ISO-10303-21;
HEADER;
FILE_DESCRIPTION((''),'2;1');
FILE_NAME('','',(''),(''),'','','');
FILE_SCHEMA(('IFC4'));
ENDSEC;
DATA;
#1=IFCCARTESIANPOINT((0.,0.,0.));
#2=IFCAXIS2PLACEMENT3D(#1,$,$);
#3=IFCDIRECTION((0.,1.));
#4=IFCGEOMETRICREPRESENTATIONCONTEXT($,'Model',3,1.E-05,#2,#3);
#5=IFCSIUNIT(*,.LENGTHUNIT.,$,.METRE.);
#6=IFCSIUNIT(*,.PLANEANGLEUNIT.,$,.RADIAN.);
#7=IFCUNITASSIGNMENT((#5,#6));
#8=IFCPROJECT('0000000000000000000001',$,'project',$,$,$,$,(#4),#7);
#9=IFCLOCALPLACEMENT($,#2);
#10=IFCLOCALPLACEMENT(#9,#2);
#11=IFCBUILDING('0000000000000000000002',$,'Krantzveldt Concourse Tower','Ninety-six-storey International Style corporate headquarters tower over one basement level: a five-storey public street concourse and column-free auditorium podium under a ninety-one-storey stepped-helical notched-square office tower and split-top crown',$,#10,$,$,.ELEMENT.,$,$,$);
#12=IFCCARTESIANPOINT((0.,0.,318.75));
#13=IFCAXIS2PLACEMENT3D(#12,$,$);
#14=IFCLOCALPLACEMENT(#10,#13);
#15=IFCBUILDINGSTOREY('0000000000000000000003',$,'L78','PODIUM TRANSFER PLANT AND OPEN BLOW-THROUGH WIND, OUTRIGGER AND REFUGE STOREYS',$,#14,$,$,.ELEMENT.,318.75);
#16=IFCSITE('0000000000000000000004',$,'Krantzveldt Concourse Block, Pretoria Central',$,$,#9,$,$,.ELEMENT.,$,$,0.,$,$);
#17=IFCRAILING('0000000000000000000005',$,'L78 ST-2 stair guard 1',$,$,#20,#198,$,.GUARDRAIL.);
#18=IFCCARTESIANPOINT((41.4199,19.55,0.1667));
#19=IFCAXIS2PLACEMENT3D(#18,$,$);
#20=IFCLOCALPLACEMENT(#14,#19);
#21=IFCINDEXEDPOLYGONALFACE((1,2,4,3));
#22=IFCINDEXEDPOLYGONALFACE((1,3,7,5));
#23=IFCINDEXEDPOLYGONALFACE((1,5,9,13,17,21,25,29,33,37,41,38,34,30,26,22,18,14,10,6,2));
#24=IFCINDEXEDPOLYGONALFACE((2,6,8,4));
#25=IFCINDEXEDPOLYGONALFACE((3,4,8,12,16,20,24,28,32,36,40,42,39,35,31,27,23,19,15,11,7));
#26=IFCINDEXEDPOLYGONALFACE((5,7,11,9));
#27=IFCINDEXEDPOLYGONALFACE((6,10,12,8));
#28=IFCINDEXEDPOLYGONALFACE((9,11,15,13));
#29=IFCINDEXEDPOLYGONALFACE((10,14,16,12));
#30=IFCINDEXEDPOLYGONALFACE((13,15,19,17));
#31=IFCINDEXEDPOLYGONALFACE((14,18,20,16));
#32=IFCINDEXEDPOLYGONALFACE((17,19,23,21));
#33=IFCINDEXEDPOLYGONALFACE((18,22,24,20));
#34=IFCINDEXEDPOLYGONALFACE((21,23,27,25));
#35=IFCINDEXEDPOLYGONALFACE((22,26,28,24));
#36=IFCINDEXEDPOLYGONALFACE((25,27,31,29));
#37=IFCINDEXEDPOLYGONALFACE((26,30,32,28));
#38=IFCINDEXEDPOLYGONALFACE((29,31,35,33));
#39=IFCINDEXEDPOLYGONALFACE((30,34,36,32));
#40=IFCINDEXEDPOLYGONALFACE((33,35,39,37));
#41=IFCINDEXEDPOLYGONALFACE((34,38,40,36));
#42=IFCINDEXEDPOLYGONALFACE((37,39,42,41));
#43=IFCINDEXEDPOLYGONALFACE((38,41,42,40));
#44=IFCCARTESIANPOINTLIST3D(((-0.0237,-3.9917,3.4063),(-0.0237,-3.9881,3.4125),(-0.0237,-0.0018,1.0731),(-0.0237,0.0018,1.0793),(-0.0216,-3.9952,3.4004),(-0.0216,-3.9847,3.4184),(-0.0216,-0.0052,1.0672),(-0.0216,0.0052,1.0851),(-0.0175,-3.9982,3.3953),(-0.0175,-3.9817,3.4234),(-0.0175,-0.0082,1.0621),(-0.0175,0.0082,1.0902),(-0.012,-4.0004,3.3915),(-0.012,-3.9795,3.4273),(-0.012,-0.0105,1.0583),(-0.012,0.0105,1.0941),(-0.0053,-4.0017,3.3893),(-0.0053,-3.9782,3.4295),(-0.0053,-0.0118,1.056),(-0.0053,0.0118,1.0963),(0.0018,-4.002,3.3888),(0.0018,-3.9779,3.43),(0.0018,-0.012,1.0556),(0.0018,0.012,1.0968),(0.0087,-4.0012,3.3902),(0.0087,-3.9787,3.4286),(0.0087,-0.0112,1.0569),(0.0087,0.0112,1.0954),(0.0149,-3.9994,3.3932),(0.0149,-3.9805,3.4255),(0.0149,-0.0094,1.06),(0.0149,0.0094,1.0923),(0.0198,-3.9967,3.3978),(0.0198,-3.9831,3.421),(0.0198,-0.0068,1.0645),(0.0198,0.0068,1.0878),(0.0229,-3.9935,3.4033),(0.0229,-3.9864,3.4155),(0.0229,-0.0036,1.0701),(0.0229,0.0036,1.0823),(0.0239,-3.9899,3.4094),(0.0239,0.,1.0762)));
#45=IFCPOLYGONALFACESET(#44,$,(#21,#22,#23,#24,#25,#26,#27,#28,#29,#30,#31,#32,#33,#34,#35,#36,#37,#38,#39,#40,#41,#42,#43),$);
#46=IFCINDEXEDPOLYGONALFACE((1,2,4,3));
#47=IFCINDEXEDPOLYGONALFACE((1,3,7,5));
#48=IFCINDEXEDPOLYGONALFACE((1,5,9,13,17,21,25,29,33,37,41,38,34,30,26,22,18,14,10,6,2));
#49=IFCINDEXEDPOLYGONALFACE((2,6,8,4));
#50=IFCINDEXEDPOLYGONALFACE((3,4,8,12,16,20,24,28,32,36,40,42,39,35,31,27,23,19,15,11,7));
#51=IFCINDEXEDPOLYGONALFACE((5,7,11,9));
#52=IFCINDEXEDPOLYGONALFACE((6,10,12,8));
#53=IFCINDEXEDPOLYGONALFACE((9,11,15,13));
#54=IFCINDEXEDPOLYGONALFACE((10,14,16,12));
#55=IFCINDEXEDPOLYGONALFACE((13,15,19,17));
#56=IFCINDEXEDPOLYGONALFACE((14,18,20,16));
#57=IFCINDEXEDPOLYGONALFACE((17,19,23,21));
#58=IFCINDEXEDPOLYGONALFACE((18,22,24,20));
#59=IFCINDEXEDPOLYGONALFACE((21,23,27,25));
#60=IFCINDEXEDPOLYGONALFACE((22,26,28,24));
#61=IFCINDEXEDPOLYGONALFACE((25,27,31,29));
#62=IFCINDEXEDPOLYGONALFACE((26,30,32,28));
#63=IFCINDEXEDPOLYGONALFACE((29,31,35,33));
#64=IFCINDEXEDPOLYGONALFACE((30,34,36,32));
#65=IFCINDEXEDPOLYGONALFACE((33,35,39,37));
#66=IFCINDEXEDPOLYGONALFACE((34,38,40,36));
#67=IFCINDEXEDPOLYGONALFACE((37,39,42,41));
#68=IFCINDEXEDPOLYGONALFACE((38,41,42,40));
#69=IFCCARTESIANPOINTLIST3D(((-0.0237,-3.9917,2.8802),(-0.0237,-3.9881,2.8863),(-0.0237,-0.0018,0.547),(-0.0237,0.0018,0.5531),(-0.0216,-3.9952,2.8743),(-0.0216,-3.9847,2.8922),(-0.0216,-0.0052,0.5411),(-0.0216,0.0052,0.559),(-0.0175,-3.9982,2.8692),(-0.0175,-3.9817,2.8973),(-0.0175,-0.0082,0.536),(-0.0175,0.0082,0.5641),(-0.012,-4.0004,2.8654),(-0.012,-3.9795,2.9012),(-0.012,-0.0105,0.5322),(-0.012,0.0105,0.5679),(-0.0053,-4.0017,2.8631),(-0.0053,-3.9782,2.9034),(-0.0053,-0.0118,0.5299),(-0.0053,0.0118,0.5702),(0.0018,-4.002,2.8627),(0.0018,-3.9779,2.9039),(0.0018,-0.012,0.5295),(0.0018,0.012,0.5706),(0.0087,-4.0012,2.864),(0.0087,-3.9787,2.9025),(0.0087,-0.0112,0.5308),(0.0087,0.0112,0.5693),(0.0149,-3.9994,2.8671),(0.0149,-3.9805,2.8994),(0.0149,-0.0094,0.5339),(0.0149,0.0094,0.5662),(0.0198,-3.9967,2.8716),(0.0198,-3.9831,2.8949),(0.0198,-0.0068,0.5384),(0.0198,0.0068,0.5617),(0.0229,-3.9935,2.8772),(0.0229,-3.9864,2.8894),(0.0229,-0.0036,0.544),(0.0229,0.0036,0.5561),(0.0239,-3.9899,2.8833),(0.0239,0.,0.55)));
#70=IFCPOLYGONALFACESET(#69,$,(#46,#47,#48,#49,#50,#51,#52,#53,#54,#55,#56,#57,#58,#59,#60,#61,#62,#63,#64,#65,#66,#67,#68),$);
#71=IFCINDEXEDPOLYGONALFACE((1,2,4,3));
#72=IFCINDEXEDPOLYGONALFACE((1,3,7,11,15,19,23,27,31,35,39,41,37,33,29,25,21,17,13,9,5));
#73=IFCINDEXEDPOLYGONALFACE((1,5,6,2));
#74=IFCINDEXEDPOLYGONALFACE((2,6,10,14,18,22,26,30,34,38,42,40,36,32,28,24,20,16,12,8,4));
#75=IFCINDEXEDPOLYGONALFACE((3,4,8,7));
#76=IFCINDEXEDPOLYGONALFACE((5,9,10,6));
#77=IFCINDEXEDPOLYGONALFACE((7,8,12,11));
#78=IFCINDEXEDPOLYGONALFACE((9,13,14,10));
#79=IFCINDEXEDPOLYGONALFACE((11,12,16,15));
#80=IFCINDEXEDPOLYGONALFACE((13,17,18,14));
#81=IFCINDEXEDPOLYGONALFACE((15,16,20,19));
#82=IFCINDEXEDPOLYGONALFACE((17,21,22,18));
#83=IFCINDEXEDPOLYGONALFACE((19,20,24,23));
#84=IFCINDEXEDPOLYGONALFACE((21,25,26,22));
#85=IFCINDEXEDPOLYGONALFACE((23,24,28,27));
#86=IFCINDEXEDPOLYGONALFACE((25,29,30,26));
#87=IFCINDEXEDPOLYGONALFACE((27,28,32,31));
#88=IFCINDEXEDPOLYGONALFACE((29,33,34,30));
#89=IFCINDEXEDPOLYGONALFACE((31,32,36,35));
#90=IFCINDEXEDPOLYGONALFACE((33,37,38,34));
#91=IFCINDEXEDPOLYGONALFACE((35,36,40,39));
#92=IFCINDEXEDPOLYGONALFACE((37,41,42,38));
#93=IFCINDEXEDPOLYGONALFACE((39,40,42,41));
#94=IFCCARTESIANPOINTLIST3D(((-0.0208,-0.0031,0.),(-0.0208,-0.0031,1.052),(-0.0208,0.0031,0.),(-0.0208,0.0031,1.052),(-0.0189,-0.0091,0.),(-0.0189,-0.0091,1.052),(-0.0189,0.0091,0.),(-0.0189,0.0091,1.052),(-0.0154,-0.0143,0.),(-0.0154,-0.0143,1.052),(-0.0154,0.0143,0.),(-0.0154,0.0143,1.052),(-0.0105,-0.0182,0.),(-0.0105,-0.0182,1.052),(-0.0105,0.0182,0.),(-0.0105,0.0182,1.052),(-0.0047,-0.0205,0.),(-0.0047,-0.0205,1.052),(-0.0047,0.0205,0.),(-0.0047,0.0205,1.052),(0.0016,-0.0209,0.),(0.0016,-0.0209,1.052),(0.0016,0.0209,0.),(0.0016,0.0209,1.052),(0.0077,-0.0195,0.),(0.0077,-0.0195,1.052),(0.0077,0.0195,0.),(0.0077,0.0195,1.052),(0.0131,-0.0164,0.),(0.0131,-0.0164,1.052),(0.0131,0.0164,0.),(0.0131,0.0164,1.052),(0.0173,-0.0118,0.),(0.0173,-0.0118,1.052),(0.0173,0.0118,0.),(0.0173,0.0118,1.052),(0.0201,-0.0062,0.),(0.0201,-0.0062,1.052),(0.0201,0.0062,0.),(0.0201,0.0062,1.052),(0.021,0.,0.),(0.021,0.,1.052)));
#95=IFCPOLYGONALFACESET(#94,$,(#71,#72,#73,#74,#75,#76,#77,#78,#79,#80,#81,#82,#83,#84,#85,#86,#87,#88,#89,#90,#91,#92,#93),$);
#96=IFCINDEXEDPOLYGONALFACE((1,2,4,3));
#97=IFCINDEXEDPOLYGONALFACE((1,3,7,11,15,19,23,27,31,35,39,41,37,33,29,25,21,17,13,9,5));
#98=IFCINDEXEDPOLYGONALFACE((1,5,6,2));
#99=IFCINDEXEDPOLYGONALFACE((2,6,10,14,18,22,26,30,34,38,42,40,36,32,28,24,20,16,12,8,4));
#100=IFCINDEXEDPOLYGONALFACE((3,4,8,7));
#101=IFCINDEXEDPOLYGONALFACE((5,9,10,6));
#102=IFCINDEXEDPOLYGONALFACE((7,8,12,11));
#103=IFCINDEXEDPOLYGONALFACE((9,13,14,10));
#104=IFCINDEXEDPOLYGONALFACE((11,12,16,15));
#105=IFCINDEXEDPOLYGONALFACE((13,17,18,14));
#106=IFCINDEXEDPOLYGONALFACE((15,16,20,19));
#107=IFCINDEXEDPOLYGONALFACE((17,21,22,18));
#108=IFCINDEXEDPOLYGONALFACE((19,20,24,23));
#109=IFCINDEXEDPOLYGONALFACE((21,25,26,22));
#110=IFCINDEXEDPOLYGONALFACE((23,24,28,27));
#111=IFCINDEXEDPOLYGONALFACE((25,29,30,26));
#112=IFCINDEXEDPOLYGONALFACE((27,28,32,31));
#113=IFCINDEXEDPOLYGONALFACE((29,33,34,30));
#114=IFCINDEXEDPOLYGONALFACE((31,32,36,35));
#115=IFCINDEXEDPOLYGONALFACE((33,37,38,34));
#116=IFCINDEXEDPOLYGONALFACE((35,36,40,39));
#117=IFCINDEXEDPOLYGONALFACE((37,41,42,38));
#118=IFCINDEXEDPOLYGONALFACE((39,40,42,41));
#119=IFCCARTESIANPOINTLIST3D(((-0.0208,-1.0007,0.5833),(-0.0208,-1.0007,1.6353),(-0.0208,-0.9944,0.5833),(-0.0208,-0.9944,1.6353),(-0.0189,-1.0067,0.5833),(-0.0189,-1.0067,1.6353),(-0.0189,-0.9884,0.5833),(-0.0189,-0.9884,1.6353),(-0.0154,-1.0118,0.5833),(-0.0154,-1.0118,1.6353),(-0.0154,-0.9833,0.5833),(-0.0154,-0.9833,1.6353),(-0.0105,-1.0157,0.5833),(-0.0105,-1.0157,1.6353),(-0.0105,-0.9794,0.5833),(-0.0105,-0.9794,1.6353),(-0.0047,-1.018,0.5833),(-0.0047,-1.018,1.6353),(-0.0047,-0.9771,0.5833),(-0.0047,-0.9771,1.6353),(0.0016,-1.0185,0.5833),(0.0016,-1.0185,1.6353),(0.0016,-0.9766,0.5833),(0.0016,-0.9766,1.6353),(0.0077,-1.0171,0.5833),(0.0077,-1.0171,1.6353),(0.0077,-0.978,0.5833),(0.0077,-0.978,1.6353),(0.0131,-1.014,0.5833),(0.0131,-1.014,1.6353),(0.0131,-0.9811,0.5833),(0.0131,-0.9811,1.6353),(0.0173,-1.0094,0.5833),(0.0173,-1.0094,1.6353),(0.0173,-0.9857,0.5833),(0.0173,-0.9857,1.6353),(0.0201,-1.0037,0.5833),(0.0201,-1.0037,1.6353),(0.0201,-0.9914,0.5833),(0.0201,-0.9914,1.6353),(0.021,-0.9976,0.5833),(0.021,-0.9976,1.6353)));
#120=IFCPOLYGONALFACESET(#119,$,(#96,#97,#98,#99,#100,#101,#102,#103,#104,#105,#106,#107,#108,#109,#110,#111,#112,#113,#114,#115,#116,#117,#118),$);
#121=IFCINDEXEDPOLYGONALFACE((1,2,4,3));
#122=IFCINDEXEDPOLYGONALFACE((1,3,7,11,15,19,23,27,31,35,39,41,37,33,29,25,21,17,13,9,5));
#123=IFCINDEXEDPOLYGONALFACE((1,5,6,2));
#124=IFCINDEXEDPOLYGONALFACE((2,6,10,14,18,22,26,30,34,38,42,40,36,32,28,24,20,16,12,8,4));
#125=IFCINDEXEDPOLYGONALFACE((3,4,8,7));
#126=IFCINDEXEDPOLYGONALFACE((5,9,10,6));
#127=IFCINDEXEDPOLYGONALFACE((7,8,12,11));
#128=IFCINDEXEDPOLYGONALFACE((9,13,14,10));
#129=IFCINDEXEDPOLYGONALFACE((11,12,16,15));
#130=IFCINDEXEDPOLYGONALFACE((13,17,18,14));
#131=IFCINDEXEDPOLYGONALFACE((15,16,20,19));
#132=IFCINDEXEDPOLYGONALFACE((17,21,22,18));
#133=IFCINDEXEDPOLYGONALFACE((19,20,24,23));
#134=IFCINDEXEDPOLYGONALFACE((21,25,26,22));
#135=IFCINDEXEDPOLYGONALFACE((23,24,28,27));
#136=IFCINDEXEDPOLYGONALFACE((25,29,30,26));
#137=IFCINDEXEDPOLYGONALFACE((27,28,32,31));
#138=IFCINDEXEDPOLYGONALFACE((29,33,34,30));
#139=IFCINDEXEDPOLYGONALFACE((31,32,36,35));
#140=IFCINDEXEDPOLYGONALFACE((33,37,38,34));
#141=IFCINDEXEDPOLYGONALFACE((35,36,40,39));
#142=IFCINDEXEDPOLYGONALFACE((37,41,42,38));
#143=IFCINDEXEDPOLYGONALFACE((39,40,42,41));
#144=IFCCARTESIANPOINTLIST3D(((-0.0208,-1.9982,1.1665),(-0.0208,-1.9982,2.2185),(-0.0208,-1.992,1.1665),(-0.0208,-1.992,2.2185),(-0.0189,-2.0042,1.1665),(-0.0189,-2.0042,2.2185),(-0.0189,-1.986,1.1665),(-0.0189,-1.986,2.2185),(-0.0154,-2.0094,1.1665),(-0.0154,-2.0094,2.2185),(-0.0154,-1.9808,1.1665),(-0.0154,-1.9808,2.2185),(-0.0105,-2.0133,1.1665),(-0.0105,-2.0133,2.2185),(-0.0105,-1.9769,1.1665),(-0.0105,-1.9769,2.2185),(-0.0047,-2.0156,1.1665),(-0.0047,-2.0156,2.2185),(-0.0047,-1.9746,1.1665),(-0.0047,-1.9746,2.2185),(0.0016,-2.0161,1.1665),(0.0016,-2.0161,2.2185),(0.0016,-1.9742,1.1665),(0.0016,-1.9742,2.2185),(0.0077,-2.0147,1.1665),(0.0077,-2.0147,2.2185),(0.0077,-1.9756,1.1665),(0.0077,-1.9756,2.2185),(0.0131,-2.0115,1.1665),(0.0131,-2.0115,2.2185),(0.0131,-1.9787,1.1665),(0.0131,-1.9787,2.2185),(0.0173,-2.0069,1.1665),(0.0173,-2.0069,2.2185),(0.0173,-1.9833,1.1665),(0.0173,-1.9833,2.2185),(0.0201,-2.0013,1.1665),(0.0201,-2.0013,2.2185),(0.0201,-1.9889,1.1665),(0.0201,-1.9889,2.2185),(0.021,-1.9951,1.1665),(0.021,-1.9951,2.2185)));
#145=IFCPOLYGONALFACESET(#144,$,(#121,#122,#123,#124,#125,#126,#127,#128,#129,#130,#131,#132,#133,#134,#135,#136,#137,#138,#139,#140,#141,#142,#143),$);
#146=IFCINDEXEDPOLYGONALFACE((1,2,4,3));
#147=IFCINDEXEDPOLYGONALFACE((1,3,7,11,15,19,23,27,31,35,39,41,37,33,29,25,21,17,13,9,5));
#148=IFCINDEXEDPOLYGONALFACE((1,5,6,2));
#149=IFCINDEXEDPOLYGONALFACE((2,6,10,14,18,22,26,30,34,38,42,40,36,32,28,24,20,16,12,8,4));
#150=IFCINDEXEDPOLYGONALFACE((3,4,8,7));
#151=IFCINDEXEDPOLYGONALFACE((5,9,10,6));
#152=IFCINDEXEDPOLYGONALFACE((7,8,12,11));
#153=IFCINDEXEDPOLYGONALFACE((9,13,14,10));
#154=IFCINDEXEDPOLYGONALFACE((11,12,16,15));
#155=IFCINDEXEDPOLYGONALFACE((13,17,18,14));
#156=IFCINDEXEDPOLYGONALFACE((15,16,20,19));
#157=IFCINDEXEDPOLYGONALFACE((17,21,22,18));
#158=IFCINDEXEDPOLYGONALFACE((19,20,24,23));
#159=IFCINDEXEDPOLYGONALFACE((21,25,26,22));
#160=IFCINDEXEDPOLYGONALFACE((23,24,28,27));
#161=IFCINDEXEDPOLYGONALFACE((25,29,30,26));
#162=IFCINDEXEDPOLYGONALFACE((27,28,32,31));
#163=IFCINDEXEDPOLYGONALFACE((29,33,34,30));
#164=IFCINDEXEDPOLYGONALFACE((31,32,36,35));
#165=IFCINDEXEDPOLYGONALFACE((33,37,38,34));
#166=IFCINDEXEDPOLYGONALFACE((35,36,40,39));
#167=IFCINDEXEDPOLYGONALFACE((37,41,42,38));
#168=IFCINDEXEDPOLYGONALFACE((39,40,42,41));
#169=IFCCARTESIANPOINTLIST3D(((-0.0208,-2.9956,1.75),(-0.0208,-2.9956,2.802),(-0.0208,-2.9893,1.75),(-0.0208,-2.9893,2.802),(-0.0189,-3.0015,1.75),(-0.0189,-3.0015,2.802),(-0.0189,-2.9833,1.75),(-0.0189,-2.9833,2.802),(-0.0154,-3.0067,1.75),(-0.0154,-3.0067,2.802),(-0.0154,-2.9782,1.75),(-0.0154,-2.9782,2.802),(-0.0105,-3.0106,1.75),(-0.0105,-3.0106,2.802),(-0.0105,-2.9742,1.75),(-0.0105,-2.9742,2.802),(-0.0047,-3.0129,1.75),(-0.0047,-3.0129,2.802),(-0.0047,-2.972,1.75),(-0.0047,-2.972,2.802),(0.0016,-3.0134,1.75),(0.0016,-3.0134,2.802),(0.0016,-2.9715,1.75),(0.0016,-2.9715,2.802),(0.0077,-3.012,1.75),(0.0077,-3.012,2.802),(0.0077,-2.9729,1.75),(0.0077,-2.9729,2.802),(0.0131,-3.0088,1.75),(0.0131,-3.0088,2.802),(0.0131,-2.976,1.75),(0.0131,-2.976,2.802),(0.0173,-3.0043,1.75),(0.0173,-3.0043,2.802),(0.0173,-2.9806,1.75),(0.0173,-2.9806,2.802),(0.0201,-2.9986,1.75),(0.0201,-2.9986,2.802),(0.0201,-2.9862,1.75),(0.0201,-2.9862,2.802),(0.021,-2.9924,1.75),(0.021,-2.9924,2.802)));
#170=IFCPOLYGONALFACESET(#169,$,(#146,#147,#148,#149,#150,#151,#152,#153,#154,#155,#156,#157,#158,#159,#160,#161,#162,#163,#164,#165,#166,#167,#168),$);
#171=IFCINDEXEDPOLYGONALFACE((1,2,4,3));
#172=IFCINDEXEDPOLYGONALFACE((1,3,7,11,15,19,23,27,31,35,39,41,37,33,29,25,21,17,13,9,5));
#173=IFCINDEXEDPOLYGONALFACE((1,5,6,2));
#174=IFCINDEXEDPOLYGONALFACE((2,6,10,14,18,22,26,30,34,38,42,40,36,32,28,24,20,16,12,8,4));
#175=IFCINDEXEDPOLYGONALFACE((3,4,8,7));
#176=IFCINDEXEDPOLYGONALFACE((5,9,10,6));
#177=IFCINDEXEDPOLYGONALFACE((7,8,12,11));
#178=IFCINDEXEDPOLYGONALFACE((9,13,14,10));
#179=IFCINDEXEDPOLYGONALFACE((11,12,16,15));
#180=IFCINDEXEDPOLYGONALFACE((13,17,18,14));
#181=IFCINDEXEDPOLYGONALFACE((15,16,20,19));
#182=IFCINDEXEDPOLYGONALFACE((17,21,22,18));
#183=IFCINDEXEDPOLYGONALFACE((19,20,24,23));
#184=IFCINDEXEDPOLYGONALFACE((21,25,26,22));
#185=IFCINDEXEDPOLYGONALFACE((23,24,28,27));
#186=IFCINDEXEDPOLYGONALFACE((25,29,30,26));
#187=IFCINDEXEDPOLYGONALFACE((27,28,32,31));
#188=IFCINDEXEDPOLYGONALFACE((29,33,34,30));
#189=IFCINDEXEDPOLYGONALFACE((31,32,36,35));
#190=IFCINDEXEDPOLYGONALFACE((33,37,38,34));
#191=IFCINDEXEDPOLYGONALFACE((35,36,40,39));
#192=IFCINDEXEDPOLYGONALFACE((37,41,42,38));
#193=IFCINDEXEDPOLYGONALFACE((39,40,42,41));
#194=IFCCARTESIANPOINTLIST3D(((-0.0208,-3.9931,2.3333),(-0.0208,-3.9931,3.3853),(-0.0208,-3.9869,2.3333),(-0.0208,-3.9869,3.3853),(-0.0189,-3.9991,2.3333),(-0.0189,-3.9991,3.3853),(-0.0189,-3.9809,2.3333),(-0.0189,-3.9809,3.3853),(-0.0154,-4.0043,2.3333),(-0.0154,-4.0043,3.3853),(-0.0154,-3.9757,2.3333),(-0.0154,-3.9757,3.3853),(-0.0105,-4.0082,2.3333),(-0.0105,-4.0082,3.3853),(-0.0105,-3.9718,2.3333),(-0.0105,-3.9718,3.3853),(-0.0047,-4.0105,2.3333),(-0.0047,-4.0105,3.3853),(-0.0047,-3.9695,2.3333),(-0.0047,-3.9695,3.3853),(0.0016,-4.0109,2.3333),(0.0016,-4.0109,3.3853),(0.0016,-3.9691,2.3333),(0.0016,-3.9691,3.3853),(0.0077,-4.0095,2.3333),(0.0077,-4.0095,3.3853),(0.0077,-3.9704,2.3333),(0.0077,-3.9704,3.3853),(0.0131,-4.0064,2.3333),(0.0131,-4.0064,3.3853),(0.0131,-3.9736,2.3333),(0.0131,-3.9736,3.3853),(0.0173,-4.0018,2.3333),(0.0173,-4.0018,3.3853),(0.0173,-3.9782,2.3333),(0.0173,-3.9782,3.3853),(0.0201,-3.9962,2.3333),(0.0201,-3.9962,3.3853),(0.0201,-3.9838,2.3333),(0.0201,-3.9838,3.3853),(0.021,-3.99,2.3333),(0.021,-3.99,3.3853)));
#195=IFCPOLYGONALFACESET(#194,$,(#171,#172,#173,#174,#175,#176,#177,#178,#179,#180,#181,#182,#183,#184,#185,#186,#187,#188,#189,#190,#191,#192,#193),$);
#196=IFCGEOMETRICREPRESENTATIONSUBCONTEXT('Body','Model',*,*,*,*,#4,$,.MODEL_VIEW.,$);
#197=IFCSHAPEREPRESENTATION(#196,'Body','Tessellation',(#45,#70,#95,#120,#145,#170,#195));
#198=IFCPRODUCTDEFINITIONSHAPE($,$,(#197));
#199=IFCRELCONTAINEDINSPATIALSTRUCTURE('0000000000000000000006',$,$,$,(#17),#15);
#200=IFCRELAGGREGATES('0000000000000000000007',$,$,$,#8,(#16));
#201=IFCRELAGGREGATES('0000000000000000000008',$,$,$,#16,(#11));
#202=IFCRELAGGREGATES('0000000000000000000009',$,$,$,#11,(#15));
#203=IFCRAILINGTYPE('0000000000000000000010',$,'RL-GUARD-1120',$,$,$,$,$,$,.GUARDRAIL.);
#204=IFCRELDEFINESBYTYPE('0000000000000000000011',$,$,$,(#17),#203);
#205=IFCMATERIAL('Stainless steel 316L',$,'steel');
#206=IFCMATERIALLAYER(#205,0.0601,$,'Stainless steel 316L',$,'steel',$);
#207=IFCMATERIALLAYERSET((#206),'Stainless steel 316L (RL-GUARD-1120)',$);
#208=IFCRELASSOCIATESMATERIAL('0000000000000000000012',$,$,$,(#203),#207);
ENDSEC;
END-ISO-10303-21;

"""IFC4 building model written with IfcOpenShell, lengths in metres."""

from ifc_helpers import new_model, si_unit, direction, frame, origin, origin_2d, place, context, subcontext, project, spatial, circle, extrude, material, layer, layer_set, type_object, element, save


model = new_model("IFC4")

# Units and contexts
model_context = context("Model", 3, precision=1e-05, world=origin(), true_north=direction((0.0, 1.0)))
body_context = subcontext(model_context, "Body", "Model", "MODEL_VIEW")
ifc_project = project(units=[si_unit("LENGTHUNIT", "METRE"), si_unit("PLANEANGLEUNIT", "RADIAN")], contexts=[model_context])

# Site, building, storey
site_placement = place(None, origin())
site = spatial("IfcSite", under=ifc_project, at=site_placement, Name="Krantzveldt Concourse Block, Pretoria Central", CompositionType="ELEMENT", RefElevation=0.0)
building_placement = place(site_placement, origin())
building = spatial("IfcBuilding", under=site, at=building_placement, Name="Krantzveldt Concourse Tower", Description="Ninety-six-storey International Style corporate headquarters tower over one basement level: a five-storey public street concourse and column-free auditorium podium under a ninety-one-storey stepped-helical notched-square office tower and split-top crown", CompositionType="ELEMENT")
storey_placement = place(building_placement, frame((0.0, 0.0, 318.75)))
storey = spatial("IfcBuildingStorey", under=building, at=storey_placement, Name="L78", Description="PODIUM TRANSFER PLANT AND OPEN BLOW-THROUGH WIND, OUTRIGGER AND REFUGE STOREYS", CompositionType="ELEMENT", Elevation=318.75)

# Shared definitions
ifc_material_1 = material(Name="Stainless steel 316L", Category="steel")

# Railing
ifc_layer_1 = layer(ifc_material_1, 0.0601, Name="Stainless steel 316L", Category="steel")
ifc_layer_set_1 = layer_set([ifc_layer_1], Name="Stainless steel 316L (RL-GUARD-1120)")
railing_type_1 = type_object("IfcRailingType", Name="RL-GUARD-1120", PredefinedType="GUARDRAIL", material=ifc_layer_set_1)
railing_1_placement = place(storey_placement, frame((41.4199, 19.55, 0.1667)))
element("IfcRailing", 1, at=railing_1_placement, inside=storey, type_object=railing_type_1, Name="L78 ST-2 stair guard 1", PredefinedType="GUARDRAIL", context=body_context, shape_type="SweptSolid", body=[
    extrude(circle(Radius=0.0239, at=origin_2d()), frame((0.0, 0.0, 1.0762), z_axis=(0.0, -0.863236, 0.5048), x_axis=(1.0, 0.0, 0.0)), (0.0, 0.0, 1.0), 4.6221),
    extrude(circle(Radius=0.0239, at=origin_2d()), frame((0.0, 0.0, 0.55), z_axis=(0.0, -0.863236, 0.5048), x_axis=(1.0, 0.0, 0.0)), (0.0, 0.0, 1.0), 4.6221),
    extrude(circle(Radius=0.021, at=origin_2d()), origin(), (0.0, 0.0, 1.0), 1.052),
    extrude(circle(Radius=0.021, at=origin_2d()), frame((0.0, -0.9976, 0.5833)), (0.0, 0.0, 1.0), 1.052),
    extrude(circle(Radius=0.021, at=origin_2d()), frame((0.0, -1.9951, 1.1665)), (0.0, 0.0, 1.0), 1.052),
    extrude(circle(Radius=0.021, at=origin_2d()), frame((0.0, -2.9924, 1.75)), (0.0, 0.0, 1.0), 1.052),
    extrude(circle(Radius=0.021, at=origin_2d()), frame((0.0, -3.99, 2.3333)), (0.0, 0.0, 1.0), 1.052),
])

save(model, "model.ifc")
